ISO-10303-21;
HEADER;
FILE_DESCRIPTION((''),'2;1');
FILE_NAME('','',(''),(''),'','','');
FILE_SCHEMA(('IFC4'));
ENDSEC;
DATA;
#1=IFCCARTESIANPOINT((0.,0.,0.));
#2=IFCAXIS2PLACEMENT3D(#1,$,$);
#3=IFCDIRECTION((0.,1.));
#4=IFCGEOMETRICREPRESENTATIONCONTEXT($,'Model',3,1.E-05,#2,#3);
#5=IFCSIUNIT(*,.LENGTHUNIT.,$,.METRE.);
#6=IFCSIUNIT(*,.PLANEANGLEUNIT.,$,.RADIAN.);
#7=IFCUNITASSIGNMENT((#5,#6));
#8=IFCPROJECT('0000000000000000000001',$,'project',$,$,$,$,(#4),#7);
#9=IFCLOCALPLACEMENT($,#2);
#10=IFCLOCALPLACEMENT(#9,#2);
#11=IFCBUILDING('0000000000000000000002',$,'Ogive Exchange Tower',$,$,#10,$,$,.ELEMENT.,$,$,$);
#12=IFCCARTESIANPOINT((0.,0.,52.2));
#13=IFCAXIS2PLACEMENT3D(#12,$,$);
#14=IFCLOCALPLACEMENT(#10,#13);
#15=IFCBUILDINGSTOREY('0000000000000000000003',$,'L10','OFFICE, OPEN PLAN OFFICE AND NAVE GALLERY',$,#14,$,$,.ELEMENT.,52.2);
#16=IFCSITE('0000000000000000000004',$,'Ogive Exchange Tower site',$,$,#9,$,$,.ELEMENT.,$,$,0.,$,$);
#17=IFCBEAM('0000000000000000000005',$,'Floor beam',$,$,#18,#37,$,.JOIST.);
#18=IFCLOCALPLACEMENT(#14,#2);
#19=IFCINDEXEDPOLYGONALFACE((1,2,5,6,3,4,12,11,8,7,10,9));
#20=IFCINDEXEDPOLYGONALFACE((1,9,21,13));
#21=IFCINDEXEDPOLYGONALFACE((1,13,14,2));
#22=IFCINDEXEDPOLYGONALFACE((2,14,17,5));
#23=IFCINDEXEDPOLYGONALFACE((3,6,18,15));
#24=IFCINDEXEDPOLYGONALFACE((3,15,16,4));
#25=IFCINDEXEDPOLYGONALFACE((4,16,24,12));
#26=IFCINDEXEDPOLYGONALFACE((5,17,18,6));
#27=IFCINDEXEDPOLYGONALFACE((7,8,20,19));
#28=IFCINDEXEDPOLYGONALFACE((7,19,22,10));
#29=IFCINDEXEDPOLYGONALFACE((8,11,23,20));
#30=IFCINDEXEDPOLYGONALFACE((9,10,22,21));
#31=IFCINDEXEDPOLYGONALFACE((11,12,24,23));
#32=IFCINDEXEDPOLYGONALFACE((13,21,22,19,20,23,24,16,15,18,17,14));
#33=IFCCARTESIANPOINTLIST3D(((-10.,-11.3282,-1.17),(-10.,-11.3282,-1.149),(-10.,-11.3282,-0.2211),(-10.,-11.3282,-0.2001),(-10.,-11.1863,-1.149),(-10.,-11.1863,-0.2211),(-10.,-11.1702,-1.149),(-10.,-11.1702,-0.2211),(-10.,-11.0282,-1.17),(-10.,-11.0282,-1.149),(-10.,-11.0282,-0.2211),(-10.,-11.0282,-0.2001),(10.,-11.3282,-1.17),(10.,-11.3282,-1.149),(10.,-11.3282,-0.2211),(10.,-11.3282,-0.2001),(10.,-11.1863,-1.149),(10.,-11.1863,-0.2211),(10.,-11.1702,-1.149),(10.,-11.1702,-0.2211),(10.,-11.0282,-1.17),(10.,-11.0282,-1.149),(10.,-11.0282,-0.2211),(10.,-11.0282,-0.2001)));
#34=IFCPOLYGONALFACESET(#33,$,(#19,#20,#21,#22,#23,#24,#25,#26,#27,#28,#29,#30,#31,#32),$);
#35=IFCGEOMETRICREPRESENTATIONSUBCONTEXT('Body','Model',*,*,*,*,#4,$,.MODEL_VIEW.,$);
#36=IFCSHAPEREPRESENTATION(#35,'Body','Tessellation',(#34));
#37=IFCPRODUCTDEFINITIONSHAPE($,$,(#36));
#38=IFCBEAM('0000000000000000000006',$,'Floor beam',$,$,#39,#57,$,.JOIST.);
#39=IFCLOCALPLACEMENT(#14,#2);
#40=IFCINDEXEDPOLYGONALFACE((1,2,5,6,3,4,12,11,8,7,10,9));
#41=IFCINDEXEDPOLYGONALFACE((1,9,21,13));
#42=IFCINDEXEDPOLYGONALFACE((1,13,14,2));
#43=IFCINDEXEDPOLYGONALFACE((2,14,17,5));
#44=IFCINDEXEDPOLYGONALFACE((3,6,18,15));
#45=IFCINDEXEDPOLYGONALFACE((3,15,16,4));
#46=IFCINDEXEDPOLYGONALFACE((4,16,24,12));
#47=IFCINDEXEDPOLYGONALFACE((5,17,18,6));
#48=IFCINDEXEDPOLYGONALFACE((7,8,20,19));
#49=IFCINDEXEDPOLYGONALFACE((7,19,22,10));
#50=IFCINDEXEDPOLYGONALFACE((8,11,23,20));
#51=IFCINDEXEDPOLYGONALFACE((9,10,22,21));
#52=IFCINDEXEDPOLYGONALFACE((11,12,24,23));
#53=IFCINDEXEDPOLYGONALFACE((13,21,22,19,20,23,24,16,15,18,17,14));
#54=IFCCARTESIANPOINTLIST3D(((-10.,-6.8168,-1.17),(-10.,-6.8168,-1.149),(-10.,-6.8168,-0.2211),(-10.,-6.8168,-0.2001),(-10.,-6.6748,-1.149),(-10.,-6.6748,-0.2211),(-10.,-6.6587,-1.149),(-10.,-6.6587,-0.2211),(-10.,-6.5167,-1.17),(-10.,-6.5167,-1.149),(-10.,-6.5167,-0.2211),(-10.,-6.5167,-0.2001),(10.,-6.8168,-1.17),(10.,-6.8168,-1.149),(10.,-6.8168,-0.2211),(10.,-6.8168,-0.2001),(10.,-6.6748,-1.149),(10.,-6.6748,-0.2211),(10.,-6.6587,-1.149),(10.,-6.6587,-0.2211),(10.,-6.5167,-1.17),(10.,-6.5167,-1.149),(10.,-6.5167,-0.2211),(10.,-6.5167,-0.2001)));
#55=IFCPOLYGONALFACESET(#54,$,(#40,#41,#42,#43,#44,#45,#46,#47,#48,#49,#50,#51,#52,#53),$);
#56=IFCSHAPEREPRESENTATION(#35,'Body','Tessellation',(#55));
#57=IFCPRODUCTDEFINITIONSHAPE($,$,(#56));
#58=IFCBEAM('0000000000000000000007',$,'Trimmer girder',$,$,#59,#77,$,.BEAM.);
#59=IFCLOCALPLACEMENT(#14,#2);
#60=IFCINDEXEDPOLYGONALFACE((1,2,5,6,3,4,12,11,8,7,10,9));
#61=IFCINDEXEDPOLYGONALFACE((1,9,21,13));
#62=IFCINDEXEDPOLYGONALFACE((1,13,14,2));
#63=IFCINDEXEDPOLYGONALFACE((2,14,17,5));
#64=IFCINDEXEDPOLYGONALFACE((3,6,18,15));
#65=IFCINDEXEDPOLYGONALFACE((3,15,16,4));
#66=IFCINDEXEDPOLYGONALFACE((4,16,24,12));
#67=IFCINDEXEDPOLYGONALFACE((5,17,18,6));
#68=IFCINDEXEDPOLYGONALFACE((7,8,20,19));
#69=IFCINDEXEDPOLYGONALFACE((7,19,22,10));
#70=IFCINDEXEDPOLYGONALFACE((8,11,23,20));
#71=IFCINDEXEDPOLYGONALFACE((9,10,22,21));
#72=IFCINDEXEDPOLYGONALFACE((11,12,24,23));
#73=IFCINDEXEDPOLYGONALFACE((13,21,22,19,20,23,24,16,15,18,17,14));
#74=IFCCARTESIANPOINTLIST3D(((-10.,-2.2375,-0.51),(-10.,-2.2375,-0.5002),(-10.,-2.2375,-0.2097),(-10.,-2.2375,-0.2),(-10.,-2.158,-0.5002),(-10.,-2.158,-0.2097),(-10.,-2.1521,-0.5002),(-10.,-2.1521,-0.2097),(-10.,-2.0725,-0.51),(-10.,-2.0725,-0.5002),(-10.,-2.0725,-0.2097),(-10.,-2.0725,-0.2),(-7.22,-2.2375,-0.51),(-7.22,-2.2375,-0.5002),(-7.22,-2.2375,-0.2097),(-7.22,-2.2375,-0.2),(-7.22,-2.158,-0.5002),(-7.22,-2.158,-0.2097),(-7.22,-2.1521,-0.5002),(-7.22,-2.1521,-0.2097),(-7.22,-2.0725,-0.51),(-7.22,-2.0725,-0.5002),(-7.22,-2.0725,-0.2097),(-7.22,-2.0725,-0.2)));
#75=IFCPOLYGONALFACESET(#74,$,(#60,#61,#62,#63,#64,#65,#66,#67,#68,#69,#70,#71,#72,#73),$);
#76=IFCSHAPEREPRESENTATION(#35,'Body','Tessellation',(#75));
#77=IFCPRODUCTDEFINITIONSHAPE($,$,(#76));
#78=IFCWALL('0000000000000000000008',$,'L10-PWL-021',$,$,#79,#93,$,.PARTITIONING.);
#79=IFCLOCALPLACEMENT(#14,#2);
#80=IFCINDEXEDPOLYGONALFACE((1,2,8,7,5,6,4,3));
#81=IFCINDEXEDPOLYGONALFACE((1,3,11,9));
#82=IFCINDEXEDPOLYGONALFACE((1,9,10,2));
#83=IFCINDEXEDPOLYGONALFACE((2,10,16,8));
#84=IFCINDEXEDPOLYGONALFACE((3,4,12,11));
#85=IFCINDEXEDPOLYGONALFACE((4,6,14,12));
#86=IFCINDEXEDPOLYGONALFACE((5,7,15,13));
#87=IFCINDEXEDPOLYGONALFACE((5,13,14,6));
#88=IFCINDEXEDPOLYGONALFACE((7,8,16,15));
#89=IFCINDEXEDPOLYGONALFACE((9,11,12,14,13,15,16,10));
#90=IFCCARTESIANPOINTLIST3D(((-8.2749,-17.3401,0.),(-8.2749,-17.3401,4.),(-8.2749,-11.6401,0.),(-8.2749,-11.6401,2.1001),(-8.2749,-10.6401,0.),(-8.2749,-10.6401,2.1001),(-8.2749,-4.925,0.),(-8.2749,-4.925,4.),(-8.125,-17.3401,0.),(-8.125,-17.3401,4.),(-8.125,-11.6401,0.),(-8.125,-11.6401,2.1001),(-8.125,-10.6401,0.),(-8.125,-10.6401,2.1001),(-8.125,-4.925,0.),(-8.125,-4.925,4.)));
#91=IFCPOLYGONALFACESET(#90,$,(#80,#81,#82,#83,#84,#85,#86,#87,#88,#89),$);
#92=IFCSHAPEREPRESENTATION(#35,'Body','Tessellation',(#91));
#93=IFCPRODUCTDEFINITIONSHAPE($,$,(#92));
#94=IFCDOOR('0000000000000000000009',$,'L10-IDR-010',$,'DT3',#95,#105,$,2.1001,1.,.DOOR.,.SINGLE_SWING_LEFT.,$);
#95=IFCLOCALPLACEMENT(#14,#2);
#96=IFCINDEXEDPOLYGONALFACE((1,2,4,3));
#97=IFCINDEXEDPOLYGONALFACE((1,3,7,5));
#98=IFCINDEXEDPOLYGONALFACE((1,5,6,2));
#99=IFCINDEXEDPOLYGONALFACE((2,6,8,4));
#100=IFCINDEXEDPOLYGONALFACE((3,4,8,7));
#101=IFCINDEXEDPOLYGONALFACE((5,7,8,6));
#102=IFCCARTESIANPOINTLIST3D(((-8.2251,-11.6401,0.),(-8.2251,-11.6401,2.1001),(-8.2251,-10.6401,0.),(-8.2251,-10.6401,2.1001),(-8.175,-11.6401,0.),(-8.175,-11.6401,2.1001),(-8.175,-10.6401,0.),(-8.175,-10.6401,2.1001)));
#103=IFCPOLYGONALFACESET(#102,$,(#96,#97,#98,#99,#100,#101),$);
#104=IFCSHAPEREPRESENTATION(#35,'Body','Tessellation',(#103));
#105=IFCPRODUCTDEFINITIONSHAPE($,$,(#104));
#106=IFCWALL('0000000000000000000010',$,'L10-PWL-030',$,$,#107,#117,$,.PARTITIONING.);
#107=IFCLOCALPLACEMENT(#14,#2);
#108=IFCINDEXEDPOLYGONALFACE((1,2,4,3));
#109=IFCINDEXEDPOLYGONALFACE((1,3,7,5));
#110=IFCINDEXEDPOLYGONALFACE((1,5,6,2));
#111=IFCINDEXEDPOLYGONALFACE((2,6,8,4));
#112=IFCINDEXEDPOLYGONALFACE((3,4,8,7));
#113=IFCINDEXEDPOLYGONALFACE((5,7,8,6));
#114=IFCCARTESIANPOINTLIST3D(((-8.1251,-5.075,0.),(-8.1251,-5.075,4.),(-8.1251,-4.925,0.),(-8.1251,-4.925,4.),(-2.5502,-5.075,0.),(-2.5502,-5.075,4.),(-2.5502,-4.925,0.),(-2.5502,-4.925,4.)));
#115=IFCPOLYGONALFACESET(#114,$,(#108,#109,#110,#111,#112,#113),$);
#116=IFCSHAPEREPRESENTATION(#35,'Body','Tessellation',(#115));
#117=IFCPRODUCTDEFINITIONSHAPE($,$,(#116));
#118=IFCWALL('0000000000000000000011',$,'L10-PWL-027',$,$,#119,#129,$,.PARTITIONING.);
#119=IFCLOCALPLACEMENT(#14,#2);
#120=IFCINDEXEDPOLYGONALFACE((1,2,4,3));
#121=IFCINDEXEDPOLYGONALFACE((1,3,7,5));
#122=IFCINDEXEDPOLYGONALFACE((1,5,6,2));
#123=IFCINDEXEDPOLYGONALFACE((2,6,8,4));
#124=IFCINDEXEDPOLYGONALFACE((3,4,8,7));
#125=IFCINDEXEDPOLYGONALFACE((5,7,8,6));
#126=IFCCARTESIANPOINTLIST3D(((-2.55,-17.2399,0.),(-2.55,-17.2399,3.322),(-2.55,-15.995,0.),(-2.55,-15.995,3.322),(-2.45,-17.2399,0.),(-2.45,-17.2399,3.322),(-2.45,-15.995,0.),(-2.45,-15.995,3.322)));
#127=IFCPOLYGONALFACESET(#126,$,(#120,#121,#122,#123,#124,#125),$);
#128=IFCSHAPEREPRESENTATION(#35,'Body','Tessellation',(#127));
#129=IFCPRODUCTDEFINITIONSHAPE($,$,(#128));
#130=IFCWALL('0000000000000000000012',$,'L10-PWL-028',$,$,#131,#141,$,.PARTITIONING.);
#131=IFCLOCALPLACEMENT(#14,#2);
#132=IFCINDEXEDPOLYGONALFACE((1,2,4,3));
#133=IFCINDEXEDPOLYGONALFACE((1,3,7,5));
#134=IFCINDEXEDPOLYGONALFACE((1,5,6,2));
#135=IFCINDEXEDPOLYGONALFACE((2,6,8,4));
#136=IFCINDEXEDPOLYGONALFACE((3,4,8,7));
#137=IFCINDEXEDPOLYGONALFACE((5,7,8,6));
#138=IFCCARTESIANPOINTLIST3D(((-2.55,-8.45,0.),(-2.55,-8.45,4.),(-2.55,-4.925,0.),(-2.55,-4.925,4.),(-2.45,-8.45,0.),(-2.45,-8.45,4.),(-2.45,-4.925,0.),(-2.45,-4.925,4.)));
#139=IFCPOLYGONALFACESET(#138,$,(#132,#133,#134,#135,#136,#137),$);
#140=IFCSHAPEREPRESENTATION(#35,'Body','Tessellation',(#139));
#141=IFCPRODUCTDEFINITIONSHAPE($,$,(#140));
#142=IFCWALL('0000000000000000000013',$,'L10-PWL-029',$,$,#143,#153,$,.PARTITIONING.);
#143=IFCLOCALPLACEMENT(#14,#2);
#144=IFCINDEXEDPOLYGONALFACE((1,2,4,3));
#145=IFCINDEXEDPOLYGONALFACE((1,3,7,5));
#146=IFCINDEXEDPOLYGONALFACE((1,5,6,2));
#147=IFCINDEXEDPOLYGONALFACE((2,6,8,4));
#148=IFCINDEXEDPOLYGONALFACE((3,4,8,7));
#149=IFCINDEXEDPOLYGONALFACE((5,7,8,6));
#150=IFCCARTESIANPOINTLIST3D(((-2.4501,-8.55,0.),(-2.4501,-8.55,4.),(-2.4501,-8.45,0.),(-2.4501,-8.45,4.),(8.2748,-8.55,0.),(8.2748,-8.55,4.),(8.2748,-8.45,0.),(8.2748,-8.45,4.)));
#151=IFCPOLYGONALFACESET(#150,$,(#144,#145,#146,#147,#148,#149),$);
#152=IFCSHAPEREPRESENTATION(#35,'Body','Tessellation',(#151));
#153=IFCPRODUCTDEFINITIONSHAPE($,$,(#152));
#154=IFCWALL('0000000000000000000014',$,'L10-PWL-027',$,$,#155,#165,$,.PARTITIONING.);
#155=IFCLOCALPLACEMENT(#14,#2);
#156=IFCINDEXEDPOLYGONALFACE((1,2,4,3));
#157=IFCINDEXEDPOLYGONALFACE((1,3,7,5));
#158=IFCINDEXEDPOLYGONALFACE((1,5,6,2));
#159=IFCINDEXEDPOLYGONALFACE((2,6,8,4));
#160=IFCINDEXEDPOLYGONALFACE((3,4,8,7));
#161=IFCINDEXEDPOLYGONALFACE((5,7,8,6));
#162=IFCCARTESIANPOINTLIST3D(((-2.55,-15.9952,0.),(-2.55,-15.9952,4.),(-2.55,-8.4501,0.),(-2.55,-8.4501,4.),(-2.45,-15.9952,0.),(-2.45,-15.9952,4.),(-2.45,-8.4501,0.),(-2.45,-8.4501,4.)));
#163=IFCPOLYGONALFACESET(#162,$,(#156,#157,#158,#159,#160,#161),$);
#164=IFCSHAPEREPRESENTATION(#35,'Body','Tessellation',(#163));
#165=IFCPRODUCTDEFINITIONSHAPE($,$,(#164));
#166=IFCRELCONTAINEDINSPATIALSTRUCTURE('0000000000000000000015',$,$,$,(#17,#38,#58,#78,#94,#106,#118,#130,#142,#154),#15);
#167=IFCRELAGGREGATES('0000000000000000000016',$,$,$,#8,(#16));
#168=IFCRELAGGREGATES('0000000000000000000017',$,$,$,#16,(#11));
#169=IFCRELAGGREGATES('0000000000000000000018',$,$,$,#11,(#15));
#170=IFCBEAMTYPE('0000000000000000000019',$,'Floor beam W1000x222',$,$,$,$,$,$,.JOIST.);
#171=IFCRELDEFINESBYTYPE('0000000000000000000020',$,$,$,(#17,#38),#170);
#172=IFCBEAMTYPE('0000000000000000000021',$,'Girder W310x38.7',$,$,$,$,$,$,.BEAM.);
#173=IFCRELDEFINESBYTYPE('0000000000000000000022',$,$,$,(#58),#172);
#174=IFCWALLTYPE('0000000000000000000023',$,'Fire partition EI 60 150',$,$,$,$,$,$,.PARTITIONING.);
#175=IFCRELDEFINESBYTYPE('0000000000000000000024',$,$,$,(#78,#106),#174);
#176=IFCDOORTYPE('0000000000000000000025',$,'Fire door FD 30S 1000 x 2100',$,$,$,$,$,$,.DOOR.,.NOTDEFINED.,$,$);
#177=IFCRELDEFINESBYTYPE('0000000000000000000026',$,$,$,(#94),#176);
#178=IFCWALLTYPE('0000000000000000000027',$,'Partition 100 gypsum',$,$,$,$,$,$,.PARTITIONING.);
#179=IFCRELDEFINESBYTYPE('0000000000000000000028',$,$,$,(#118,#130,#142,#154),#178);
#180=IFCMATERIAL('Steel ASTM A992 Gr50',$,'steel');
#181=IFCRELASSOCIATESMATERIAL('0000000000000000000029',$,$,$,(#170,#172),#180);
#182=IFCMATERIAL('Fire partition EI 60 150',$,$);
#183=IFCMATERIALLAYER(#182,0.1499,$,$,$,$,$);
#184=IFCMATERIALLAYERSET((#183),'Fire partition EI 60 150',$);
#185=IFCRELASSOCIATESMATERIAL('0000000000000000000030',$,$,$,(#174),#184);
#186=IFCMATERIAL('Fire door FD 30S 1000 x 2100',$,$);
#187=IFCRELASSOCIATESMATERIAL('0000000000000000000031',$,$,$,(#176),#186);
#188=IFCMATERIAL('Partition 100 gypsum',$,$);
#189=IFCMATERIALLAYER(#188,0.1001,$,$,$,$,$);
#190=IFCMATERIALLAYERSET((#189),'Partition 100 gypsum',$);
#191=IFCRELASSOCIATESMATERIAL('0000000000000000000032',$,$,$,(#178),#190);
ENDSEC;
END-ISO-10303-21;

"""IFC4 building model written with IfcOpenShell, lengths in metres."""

from ifc_helpers import new_model, si_unit, direction, frame, frame_2d, origin, origin_2d, place, context, subcontext, project, spatial, rectangle, i_section, extrude, material, layer, layer_set, material_profile, profile_set, type_object, element, fill, save


model = new_model("IFC4")

# Units and contexts
model_context = context("Model", 3, precision=1e-05, world=origin(), true_north=direction((0.0, 1.0)))
body_context = subcontext(model_context, "Body", "Model", "MODEL_VIEW")
ifc_project = project(units=[si_unit("LENGTHUNIT", "METRE"), si_unit("PLANEANGLEUNIT", "RADIAN")], contexts=[model_context])

# Site, building, storey
site_placement = place(None, origin())
site = spatial("IfcSite", under=ifc_project, at=site_placement, Name="Ogive Exchange Tower site", CompositionType="ELEMENT", RefElevation=0.0)
building_placement = place(site_placement, origin())
building = spatial("IfcBuilding", under=site, at=building_placement, Name="Ogive Exchange Tower", CompositionType="ELEMENT")
storey_placement = place(building_placement, frame((0.0, 0.0, 52.2)))
storey = spatial("IfcBuildingStorey", under=building, at=storey_placement, Name="L10", Description="OFFICE, OPEN PLAN OFFICE AND NAVE GALLERY", CompositionType="ELEMENT", Elevation=52.2)

# Beams
ifc_material_1 = material(Name="Steel ASTM A992 Gr50", Category="steel")
ifc_material_profile_1 = material_profile(ifc_material_1, i_section(OverallWidth=0.3, OverallDepth=0.97, WebThickness=0.0161, FlangeThickness=0.021, at=origin_2d()), Name="W1000x222")
ifc_profile_set_1 = profile_set([ifc_material_profile_1], Name="Steel ASTM A992 Gr50")
beam_type_1 = type_object("IfcBeamType", Name="Floor beam W1000x222", PredefinedType="JOIST", material=ifc_profile_set_1)
for number, where, z_axis, x_axis, name in (
    (1, (-10.0, -11.1782, -0.6851), (1.0, 0.0, 0.0), (0.0, 1.0, 0.0), "Floor beam"),
    (2, (-10.0, -6.6667, -0.6851), (1.0, 0.0, 0.0), (0.0, 1.0, 0.0), "Floor beam"),
):
    element("IfcBeam", number, at=place(storey_placement, frame(where, z_axis=z_axis, x_axis=x_axis)), inside=storey, type_object=beam_type_1, Name=name, PredefinedType="JOIST", context=body_context, shape_type="SweptSolid", body=[
        extrude(i_section(OverallWidth=0.3, OverallDepth=0.97, WebThickness=0.0161, FlangeThickness=0.021, at=origin_2d()), origin(), (0.0, 0.0, 1.0), 20.0),
    ])
ifc_material_profile_2 = material_profile(ifc_material_1, i_section(OverallWidth=0.165, OverallDepth=0.3101, WebThickness=0.0059, FlangeThickness=0.0098, at=origin_2d()), Name="W310x38.7")
ifc_profile_set_2 = profile_set([ifc_material_profile_2], Name="Steel ASTM A992 Gr50")
beam_type_2 = type_object("IfcBeamType", Name="Girder W310x38.7", PredefinedType="BEAM", material=ifc_profile_set_2)
beam_placement = place(storey_placement, frame((-10.0, -2.155, -0.355), z_axis=(1.0, 0.0, 0.0), x_axis=(0.0, 1.0, 0.0)))
element("IfcBeam", 3, at=beam_placement, inside=storey, type_object=beam_type_2, Name="Trimmer girder", PredefinedType="BEAM", context=body_context, shape_type="SweptSolid", body=[
    extrude(i_section(OverallWidth=0.165, OverallDepth=0.3101, WebThickness=0.0059, FlangeThickness=0.0098, at=origin_2d()), origin(), (0.0, 0.0, 1.0), 2.78),
])

# Wall, opening, door
ifc_material_2 = material(Name="Fire partition EI 60 150")
ifc_layer_1 = layer(ifc_material_2, 0.1499)
ifc_layer_set_1 = layer_set([ifc_layer_1], Name="Fire partition EI 60 150")
wall_type_1 = type_object("IfcWallType", Name="Fire partition EI 60 150", PredefinedType="PARTITIONING", material=ifc_layer_set_1)
wall_1_placement = place(storey_placement, frame((-8.2, -4.925, 0.0), z_axis=(0.0, 0.0, 1.0), x_axis=(0.0, -1.0, 0.0)))
wall_1 = element("IfcWall", 4, at=wall_1_placement, inside=storey, type_object=wall_type_1, Name="L10-PWL-021", PredefinedType="PARTITIONING", context=body_context, shape_type="SweptSolid", body=[
    extrude(rectangle(XDim=12.415, YDim=0.1499, at=frame_2d((6.2075, 0.0))), origin(), (0.0, 0.0, 1.0), 4.0),
])
opening_placement = place(wall_1_placement, frame((5.7151, 0.0, 0.0)))
opening = element("IfcOpeningElement", 5, at=opening_placement, cuts=wall_1, PredefinedType="OPENING", context=body_context, shape_type="SweptSolid", body=[
    extrude(rectangle(XDim=1.0, YDim=2.1001, at=frame_2d((0.5, 1.05))), frame((0.0, 0.085, 0.0), z_axis=(0.0, -1.0, 0.0), x_axis=(1.0, 0.0, 0.0)), (0.0, 0.0, 1.0), 0.1699),
])
ifc_material_3 = material(Name="Fire door FD 30S 1000 x 2100")
door_type = type_object("IfcDoorType", Name="Fire door FD 30S 1000 x 2100", OperationType="NOTDEFINED", PredefinedType="DOOR", material=ifc_material_3)
door_placement = place(opening_placement, origin())
door = element("IfcDoor", 6, at=door_placement, inside=storey, type_object=door_type, Name="L10-IDR-010", ObjectType="DT3", OperationType="SINGLE_SWING_LEFT", OverallHeight=2.1001, OverallWidth=1.0, PredefinedType="DOOR", context=body_context, shape_type="SweptSolid", body=[
    extrude(rectangle(XDim=1.0, YDim=2.1001, at=frame_2d((0.5, 1.05))), frame((0.0, 0.0249, 0.0), z_axis=(0.0, -1.0, 0.0), x_axis=(1.0, 0.0, 0.0)), (0.0, 0.0, 1.0), 0.05),
])
fill(opening, door)

# Walls
wall_2_placement = place(storey_placement, frame((-2.55, -5.0, 0.0), z_axis=(0.0, 0.0, 1.0), x_axis=(-1.0, 0.0, 0.0)))
element("IfcWall", 7, at=wall_2_placement, inside=storey, type_object=wall_type_1, Name="L10-PWL-030", PredefinedType="PARTITIONING", context=body_context, shape_type="SweptSolid", body=[
    extrude(rectangle(XDim=5.575, YDim=0.1499, at=frame_2d((2.7876, 0.0))), origin(), (0.0, 0.0, 1.0), 4.0),
])
ifc_material_4 = material(Name="Partition 100 gypsum")
ifc_layer_2 = layer(ifc_material_4, 0.1001)
ifc_layer_set_2 = layer_set([ifc_layer_2], Name="Partition 100 gypsum")
wall_type_2 = type_object("IfcWallType", Name="Partition 100 gypsum", PredefinedType="PARTITIONING", material=ifc_layer_set_2)
wall_3_placement = place(storey_placement, frame((-2.5, -17.24, 0.0), z_axis=(0.0, 0.0, 1.0), x_axis=(0.0, 1.0, 0.0)))
element("IfcWall", 8, at=wall_3_placement, inside=storey, type_object=wall_type_2, Name="L10-PWL-027", PredefinedType="PARTITIONING", context=body_context, shape_type="SweptSolid", body=[
    extrude(rectangle(XDim=1.2449, YDim=0.1001, at=frame_2d((0.6226, 0.0))), origin(), (0.0, 0.0, 1.0), 3.322),
])
wall_4_placement = place(storey_placement, frame((-2.5, -8.45, 0.0), z_axis=(0.0, 0.0, 1.0), x_axis=(0.0, 1.0, 0.0)))
element("IfcWall", 9, at=wall_4_placement, inside=storey, type_object=wall_type_2, Name="L10-PWL-028", PredefinedType="PARTITIONING", context=body_context, shape_type="SweptSolid", body=[
    extrude(rectangle(XDim=3.5249, YDim=0.1001, at=frame_2d((1.7625, 0.0))), origin(), (0.0, 0.0, 1.0), 4.0),
])
wall_5_placement = place(storey_placement, frame((-2.45, -8.5, 0.0), z_axis=(0.0, 0.0, 1.0), x_axis=(1.0, 0.0, 0.0)))
element("IfcWall", 10, at=wall_5_placement, inside=storey, type_object=wall_type_2, Name="L10-PWL-029", PredefinedType="PARTITIONING", context=body_context, shape_type="SweptSolid", body=[
    extrude(rectangle(XDim=10.7249, YDim=0.1001, at=frame_2d((5.3623, 0.0))), origin(), (0.0, 0.0, 1.0), 4.0),
])
wall_6_placement = place(storey_placement, frame((-2.5, -15.9951, 0.0), z_axis=(0.0, 0.0, 1.0), x_axis=(0.0, 1.0, 0.0)))
element("IfcWall", 11, at=wall_6_placement, inside=storey, type_object=wall_type_2, Name="L10-PWL-027", PredefinedType="PARTITIONING", context=body_context, shape_type="SweptSolid", body=[
    extrude(rectangle(XDim=7.5452, YDim=0.1001, at=frame_2d((3.7725, 0.0))), origin(), (0.0, 0.0, 1.0), 4.0),
])

save(model, "model.ifc")
